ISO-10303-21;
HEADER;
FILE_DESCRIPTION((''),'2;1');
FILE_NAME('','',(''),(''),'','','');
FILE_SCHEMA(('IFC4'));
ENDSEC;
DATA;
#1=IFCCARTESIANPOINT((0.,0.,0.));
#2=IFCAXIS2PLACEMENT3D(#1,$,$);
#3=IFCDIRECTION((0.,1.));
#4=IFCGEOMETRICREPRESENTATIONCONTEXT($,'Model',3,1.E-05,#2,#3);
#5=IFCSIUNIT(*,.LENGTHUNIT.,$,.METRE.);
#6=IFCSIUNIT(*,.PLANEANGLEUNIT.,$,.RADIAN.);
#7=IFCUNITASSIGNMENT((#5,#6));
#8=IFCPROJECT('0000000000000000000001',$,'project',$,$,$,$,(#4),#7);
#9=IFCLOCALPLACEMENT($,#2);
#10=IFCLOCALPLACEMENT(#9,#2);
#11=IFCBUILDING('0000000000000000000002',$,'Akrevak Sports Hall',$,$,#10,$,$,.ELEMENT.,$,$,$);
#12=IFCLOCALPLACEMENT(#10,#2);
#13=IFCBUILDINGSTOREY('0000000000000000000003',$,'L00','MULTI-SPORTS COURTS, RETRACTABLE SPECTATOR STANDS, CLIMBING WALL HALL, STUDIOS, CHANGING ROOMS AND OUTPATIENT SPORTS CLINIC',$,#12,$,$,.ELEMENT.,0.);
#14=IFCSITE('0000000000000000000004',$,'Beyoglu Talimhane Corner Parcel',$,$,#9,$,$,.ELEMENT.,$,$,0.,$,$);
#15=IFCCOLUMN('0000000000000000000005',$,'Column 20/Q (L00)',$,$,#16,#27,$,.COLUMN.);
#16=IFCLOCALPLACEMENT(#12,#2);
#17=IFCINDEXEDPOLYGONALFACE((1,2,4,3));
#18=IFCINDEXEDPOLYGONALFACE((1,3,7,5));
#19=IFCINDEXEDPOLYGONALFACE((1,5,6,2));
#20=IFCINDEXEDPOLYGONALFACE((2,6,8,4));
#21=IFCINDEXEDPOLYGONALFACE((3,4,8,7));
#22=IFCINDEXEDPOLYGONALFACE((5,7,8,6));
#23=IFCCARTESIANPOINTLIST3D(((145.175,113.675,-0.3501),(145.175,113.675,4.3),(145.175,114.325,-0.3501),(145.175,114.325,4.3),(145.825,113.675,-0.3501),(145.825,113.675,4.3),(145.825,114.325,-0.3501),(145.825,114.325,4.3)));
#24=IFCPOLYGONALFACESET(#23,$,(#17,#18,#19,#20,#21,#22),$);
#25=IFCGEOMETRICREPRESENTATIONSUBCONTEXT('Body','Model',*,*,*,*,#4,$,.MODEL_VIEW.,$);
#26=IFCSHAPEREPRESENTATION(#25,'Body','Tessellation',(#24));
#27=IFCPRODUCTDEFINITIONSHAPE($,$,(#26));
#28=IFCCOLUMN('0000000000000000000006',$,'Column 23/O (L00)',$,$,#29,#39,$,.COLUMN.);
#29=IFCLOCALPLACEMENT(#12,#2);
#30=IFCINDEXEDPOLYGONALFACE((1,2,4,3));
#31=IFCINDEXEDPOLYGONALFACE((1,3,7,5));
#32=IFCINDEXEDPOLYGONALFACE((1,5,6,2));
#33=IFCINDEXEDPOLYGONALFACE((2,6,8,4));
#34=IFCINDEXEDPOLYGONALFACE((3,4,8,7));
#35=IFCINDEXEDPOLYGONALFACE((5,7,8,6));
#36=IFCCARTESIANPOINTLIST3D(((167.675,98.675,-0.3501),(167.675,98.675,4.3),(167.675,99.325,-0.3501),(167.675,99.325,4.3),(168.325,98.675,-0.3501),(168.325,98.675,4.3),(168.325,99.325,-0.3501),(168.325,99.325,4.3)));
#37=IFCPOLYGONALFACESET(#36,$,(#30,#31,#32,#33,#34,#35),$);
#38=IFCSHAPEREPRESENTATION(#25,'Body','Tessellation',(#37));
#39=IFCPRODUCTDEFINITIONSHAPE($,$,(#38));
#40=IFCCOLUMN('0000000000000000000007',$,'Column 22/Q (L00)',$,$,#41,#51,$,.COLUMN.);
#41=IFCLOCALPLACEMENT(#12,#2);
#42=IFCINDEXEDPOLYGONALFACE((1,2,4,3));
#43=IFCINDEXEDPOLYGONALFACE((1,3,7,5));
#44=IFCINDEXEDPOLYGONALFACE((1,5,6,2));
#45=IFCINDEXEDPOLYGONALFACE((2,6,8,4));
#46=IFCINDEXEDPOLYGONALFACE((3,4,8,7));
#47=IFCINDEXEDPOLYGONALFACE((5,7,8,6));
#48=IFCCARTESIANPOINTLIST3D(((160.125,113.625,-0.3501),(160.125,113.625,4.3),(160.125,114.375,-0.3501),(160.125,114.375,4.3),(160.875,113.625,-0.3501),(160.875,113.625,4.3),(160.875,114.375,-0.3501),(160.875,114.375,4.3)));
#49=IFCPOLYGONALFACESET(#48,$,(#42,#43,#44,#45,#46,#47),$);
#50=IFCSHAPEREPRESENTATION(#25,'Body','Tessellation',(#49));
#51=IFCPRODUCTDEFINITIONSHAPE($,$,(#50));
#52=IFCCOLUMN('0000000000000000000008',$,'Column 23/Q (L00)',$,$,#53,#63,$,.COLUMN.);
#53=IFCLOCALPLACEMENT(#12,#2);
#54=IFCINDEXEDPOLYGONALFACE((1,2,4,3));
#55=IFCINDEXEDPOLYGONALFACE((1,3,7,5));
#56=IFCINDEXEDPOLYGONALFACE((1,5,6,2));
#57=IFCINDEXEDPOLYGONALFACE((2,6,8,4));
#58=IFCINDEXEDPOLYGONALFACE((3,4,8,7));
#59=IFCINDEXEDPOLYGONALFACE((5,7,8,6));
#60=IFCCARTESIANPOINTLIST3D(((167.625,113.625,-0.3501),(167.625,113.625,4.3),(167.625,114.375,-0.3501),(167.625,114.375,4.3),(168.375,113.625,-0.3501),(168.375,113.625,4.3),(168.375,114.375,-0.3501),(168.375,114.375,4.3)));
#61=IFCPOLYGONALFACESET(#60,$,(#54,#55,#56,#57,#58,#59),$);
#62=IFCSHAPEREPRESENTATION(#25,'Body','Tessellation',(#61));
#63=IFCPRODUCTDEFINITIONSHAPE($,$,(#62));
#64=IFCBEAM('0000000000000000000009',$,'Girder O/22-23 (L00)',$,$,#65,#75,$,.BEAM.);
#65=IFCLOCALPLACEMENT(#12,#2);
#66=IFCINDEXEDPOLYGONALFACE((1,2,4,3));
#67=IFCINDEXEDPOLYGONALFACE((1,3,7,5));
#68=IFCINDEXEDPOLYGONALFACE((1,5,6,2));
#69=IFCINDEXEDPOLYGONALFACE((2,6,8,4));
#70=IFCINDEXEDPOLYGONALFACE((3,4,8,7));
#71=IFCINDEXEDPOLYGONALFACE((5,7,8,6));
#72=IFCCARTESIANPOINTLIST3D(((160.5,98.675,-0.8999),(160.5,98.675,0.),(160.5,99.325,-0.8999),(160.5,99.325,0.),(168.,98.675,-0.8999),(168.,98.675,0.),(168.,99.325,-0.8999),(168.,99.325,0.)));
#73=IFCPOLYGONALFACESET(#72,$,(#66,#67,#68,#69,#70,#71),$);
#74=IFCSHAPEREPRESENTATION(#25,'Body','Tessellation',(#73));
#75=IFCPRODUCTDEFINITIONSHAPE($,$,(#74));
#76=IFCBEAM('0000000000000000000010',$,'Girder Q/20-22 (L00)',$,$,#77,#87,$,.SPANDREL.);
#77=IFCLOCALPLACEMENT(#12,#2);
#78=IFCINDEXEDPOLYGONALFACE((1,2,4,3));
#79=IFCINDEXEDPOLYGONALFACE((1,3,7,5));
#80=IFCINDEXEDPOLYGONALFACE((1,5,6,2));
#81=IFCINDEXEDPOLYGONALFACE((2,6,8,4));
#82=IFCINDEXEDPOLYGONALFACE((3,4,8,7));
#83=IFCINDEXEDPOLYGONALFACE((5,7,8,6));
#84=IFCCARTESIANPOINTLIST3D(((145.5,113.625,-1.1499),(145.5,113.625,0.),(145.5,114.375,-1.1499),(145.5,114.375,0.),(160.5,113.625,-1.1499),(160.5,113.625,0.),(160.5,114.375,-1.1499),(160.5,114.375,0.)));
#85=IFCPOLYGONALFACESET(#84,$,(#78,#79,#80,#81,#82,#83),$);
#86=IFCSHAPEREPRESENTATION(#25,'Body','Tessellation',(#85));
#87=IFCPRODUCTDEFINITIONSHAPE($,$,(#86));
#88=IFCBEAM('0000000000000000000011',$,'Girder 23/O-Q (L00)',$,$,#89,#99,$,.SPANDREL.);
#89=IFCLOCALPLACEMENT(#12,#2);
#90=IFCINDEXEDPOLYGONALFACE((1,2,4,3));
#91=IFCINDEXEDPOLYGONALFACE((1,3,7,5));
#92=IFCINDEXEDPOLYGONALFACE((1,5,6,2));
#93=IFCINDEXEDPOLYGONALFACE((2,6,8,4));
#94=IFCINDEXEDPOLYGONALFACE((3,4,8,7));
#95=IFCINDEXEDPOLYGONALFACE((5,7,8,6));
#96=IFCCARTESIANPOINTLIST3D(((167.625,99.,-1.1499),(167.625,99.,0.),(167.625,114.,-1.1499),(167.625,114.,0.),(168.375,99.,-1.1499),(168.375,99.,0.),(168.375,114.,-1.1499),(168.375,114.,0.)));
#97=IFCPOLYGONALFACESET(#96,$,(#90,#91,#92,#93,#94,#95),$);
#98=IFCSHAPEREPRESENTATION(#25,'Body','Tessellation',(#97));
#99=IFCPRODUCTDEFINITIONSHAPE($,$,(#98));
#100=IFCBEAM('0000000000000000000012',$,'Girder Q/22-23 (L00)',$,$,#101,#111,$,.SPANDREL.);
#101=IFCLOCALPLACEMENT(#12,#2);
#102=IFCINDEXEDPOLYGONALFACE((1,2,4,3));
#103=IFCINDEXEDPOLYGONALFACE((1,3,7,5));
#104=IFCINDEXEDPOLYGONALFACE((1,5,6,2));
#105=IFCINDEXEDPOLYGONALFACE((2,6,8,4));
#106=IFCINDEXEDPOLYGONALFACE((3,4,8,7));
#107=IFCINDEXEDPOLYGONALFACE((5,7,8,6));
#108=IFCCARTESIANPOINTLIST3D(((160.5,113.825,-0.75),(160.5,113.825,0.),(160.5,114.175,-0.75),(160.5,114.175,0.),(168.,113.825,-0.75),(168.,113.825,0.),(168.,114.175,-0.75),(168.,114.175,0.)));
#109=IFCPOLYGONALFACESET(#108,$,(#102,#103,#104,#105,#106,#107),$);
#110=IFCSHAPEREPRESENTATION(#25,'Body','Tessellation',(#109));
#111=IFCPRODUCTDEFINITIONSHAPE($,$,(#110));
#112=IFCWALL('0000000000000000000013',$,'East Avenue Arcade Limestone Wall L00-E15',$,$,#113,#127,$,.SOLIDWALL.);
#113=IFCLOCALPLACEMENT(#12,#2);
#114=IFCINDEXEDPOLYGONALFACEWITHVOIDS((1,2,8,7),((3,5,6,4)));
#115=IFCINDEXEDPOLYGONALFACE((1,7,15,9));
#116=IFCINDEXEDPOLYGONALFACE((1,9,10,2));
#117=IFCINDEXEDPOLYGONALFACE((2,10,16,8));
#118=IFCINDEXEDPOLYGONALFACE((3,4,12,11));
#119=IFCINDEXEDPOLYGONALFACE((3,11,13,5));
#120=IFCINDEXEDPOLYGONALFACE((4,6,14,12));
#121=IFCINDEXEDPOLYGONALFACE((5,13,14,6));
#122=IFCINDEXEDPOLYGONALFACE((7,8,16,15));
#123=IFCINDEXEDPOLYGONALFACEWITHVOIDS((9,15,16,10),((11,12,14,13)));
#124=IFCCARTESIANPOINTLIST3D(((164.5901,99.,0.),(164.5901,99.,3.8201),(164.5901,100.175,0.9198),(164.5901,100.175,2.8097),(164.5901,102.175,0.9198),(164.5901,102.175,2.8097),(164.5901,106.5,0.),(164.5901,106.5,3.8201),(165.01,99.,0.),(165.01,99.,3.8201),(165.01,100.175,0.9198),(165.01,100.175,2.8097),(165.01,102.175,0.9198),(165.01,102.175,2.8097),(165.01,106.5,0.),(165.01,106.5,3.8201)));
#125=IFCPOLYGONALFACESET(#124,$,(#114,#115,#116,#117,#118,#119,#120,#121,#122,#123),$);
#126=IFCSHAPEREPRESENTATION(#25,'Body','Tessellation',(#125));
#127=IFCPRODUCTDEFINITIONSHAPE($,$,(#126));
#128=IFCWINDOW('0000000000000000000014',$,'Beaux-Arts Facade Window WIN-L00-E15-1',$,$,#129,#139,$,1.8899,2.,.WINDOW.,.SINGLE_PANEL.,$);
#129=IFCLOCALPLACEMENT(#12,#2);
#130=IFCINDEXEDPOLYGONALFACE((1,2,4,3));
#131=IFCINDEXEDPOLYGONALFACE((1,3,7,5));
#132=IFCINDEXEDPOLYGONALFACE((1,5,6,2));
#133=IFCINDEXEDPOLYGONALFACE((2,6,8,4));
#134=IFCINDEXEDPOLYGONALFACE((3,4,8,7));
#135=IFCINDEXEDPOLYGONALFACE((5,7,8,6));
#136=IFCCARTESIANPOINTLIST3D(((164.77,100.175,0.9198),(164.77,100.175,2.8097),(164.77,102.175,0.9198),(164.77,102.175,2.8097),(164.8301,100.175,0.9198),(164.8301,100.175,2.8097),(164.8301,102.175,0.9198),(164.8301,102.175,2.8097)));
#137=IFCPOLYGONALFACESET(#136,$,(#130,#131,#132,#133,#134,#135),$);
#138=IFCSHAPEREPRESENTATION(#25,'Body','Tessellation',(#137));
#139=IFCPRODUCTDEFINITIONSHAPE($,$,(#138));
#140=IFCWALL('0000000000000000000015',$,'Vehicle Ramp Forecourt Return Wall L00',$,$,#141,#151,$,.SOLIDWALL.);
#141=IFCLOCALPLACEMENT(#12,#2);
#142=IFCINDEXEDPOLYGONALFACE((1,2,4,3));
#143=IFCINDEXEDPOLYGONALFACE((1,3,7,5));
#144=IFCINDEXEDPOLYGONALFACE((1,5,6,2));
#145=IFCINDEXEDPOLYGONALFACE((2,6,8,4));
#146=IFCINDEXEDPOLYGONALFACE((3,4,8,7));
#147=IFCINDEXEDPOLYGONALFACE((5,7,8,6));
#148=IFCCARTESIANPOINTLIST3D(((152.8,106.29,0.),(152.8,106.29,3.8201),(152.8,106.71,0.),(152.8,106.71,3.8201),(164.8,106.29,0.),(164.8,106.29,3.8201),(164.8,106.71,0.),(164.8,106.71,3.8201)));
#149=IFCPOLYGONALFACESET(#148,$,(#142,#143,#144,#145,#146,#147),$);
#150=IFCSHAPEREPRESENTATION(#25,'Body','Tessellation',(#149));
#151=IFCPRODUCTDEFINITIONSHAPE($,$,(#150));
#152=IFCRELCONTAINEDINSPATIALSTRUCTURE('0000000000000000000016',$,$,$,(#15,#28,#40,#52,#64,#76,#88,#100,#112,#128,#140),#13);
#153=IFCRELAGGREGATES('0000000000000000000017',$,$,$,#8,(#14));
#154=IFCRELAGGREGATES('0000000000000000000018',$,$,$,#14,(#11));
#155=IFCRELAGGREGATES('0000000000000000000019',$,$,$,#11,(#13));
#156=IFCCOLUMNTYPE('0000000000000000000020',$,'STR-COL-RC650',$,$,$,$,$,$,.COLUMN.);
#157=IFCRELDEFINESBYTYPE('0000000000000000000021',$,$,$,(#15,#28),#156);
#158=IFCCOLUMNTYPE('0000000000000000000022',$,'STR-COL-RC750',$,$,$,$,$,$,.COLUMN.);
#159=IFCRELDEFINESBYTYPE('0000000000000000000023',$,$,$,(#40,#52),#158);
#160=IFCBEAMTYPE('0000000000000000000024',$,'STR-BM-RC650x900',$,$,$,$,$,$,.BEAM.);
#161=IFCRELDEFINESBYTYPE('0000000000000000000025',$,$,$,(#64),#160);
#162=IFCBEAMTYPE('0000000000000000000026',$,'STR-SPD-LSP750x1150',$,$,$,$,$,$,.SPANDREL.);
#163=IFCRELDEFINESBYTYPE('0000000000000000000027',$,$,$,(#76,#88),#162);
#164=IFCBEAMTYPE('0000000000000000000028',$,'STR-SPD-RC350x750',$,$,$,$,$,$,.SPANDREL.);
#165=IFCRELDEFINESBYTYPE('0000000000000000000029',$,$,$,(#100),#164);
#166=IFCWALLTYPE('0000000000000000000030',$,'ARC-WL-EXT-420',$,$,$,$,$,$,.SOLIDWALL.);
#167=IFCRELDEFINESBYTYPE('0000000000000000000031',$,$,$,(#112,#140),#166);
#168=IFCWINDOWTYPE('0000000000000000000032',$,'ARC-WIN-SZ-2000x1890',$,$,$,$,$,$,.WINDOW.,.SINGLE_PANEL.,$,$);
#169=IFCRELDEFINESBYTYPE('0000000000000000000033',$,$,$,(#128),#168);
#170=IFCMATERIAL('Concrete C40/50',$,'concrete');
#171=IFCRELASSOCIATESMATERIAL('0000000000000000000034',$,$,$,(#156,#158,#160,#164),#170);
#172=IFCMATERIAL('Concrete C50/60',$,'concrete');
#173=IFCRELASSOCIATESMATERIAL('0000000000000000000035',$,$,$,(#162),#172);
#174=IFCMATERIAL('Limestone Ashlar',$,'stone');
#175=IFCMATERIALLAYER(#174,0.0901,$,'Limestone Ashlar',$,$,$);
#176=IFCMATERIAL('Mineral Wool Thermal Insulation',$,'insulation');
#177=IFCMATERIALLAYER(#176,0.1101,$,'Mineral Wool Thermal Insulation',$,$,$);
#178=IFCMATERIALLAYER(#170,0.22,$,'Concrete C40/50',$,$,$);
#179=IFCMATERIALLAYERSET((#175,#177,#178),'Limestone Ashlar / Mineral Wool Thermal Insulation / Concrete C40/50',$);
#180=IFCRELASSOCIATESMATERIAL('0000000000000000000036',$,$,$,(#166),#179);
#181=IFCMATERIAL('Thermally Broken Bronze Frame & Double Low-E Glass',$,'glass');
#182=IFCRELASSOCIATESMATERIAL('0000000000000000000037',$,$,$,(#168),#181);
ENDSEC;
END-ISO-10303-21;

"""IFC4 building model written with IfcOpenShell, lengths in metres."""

from ifc_helpers import new_model, si_unit, direction, frame, frame_2d, origin, origin_2d, place, context, subcontext, project, spatial, rectangle, extrude, material, layer, layer_set, material_profile, profile_set, type_object, element, fill, save


model = new_model("IFC4")

# Units and contexts
model_context = context("Model", 3, precision=1e-05, world=origin(), true_north=direction((0.0, 1.0)))
body_context = subcontext(model_context, "Body", "Model", "MODEL_VIEW")
ifc_project = project(units=[si_unit("LENGTHUNIT", "METRE"), si_unit("PLANEANGLEUNIT", "RADIAN")], contexts=[model_context])

# Site, building, storey
site_placement = place(None, origin())
site = spatial("IfcSite", under=ifc_project, at=site_placement, Name="Beyoglu Talimhane Corner Parcel", CompositionType="ELEMENT", RefElevation=0.0)
building_placement = place(site_placement, origin())
building = spatial("IfcBuilding", under=site, at=building_placement, Name="Akrevak Sports Hall", CompositionType="ELEMENT")
storey_placement = place(building_placement, origin())
storey = spatial("IfcBuildingStorey", under=building, at=storey_placement, Name="L00", Description="MULTI-SPORTS COURTS, RETRACTABLE SPECTATOR STANDS, CLIMBING WALL HALL, STUDIOS, CHANGING ROOMS AND OUTPATIENT SPORTS CLINIC", CompositionType="ELEMENT", Elevation=0.0)

# Columns
ifc_material_1 = material(Name="Concrete C40/50", Category="concrete")
ifc_material_profile_1 = material_profile(ifc_material_1, rectangle(XDim=0.6499, YDim=0.6499, at=origin_2d()), Name="RC 650x650", Category="concrete")
ifc_profile_set_1 = profile_set([ifc_material_profile_1], Name="Concrete C40/50")
column_type_1 = type_object("IfcColumnType", Name="STR-COL-RC650", PredefinedType="COLUMN", material=ifc_profile_set_1)
for number, where, z_axis, x_axis, name in (
    (1, (145.5, 114.0, -0.3501), (0.0, 0.0, 1.0), (1.0, 0.0, 0.0), "Column 20/Q (L00)"),
    (2, (168.0, 99.0, -0.3501), (0.0, 0.0, 1.0), (1.0, 0.0, 0.0), "Column 23/O (L00)"),
):
    element("IfcColumn", number, at=place(storey_placement, frame(where, z_axis=z_axis, x_axis=x_axis)), inside=storey, type_object=column_type_1, Name=name, PredefinedType="COLUMN", context=body_context, shape_type="SweptSolid", body=[
        extrude(rectangle(XDim=0.6499, YDim=0.6499, at=origin_2d()), origin(), (0.0, 0.0, 1.0), 4.6501),
    ])
ifc_material_profile_2 = material_profile(ifc_material_1, rectangle(XDim=0.75, YDim=0.75, at=origin_2d()), Name="RC 750x750", Category="concrete")
ifc_profile_set_2 = profile_set([ifc_material_profile_2], Name="Concrete C40/50")
column_type_2 = type_object("IfcColumnType", Name="STR-COL-RC750", PredefinedType="COLUMN", material=ifc_profile_set_2)
for number, where, z_axis, x_axis, name in (
    (3, (160.5, 114.0, -0.3501), (0.0, 0.0, 1.0), (1.0, 0.0, 0.0), "Column 22/Q (L00)"),
    (4, (168.0, 114.0, -0.3501), (0.0, 0.0, 1.0), (1.0, 0.0, 0.0), "Column 23/Q (L00)"),
):
    element("IfcColumn", number, at=place(storey_placement, frame(where, z_axis=z_axis, x_axis=x_axis)), inside=storey, type_object=column_type_2, Name=name, PredefinedType="COLUMN", context=body_context, shape_type="SweptSolid", body=[
        extrude(rectangle(XDim=0.75, YDim=0.75, at=origin_2d()), origin(), (0.0, 0.0, 1.0), 4.6501),
    ])

# Beams
ifc_material_profile_3 = material_profile(ifc_material_1, rectangle(XDim=0.6499, YDim=0.8999, at=origin_2d()), Name="BM 650x900", Category="concrete")
ifc_profile_set_3 = profile_set([ifc_material_profile_3], Name="Concrete C40/50")
beam_type_1 = type_object("IfcBeamType", Name="STR-BM-RC650x900", PredefinedType="BEAM", material=ifc_profile_set_3)
beam_1_placement = place(storey_placement, frame((160.5, 99.0, -0.45), z_axis=(1.0, 0.0, 0.0), x_axis=(0.0, 1.0, 0.0)))
element("IfcBeam", 5, at=beam_1_placement, inside=storey, type_object=beam_type_1, Name="Girder O/22-23 (L00)", PredefinedType="BEAM", context=body_context, shape_type="SweptSolid", body=[
    extrude(rectangle(XDim=0.6499, YDim=0.8999, at=origin_2d()), origin(), (0.0, 0.0, 1.0), 7.5),
])
ifc_material_2 = material(Name="Concrete C50/60", Category="concrete")
ifc_material_profile_4 = material_profile(ifc_material_2, rectangle(XDim=0.75, YDim=1.1499, at=origin_2d()), Name="SPD 750x1150", Category="concrete")
ifc_profile_set_4 = profile_set([ifc_material_profile_4], Name="Concrete C50/60")
beam_type_2 = type_object("IfcBeamType", Name="STR-SPD-LSP750x1150", PredefinedType="SPANDREL", material=ifc_profile_set_4)
for number, where, z_axis, x_axis, name in (
    (6, (145.5, 114.0, -0.575), (1.0, 0.0, 0.0), (0.0, 1.0, 0.0), "Girder Q/20-22 (L00)"),
    (7, (168.0, 99.0, -0.575), (0.0, 1.0, 0.0), (-1.0, 0.0, 0.0), "Girder 23/O-Q (L00)"),
):
    element("IfcBeam", number, at=place(storey_placement, frame(where, z_axis=z_axis, x_axis=x_axis)), inside=storey, type_object=beam_type_2, Name=name, PredefinedType="SPANDREL", context=body_context, shape_type="SweptSolid", body=[
        extrude(rectangle(XDim=0.75, YDim=1.1499, at=origin_2d()), origin(), (0.0, 0.0, 1.0), 15.0),
    ])
ifc_material_profile_5 = material_profile(ifc_material_1, rectangle(XDim=0.3501, YDim=0.75, at=origin_2d()), Name="SPD 350x750", Category="concrete")
ifc_profile_set_5 = profile_set([ifc_material_profile_5], Name="Concrete C40/50")
beam_type_3 = type_object("IfcBeamType", Name="STR-SPD-RC350x750", PredefinedType="SPANDREL", material=ifc_profile_set_5)
beam_2_placement = place(storey_placement, frame((160.5, 114.0, -0.375), z_axis=(1.0, 0.0, 0.0), x_axis=(0.0, 1.0, 0.0)))
element("IfcBeam", 8, at=beam_2_placement, inside=storey, type_object=beam_type_3, Name="Girder Q/22-23 (L00)", PredefinedType="SPANDREL", context=body_context, shape_type="SweptSolid", body=[
    extrude(rectangle(XDim=0.3501, YDim=0.75, at=origin_2d()), origin(), (0.0, 0.0, 1.0), 7.5),
])

# Wall, opening, window
ifc_material_3 = material(Name="Limestone Ashlar", Category="stone")
ifc_layer_1 = layer(ifc_material_3, 0.0901, Name="Limestone Ashlar")
ifc_material_4 = material(Name="Mineral Wool Thermal Insulation", Category="insulation")
ifc_layer_2 = layer(ifc_material_4, 0.1101, Name="Mineral Wool Thermal Insulation")
ifc_layer_3 = layer(ifc_material_1, 0.22, Name="Concrete C40/50")
ifc_layer_set_1 = layer_set([ifc_layer_1, ifc_layer_2, ifc_layer_3], Name="Limestone Ashlar / Mineral Wool Thermal Insulation / Concrete C40/50")
wall_type_1 = type_object("IfcWallType", Name="ARC-WL-EXT-420", PredefinedType="SOLIDWALL", material=ifc_layer_set_1)
wall_1_placement = place(storey_placement, frame((164.8, 99.0, 0.0), z_axis=(0.0, 0.0, 1.0), x_axis=(0.0, 1.0, 0.0)))
wall_1 = element("IfcWall", 9, at=wall_1_placement, inside=storey, type_object=wall_type_1, Name="East Avenue Arcade Limestone Wall L00-E15", PredefinedType="SOLIDWALL", context=body_context, shape_type="SweptSolid", body=[
    extrude(rectangle(XDim=7.5, YDim=0.4199, at=frame_2d((3.75, 0.0))), origin(), (0.0, 0.0, 1.0), 3.8201),
])
opening_1_placement = place(wall_1_placement, frame((1.175, 0.0, 0.9199)))
opening_1 = element("IfcOpeningElement", 10, at=opening_1_placement, cuts=wall_1, PredefinedType="OPENING", context=body_context, shape_type="SweptSolid", body=[
    extrude(rectangle(XDim=2.0, YDim=1.8899, at=frame_2d((1.0, 0.9448))), frame((0.0, 0.2219, 0.0), z_axis=(0.0, -1.0, 0.0), x_axis=(1.0, 0.0, 0.0)), (0.0, 0.0, 1.0), 0.4438),
])
ifc_material_5 = material(Name="Thermally Broken Bronze Frame & Double Low-E Glass", Category="glass")
window_type = type_object("IfcWindowType", Name="ARC-WIN-SZ-2000x1890", PartitioningType="SINGLE_PANEL", PredefinedType="WINDOW", material=ifc_material_5)
window_placement = place(opening_1_placement, origin())
window = element("IfcWindow", 11, at=window_placement, inside=storey, type_object=window_type, Name="Beaux-Arts Facade Window WIN-L00-E15-1", OverallHeight=1.8899, OverallWidth=2.0, PartitioningType="SINGLE_PANEL", PredefinedType="WINDOW", context=body_context, shape_type="SweptSolid", body=[
    extrude(rectangle(XDim=2.0, YDim=1.8899, at=frame_2d((1.0, 0.9448))), frame((0.0, 0.03, 0.0), z_axis=(0.0, -1.0, 0.0), x_axis=(1.0, 0.0, 0.0)), (0.0, 0.0, 1.0), 0.0601),
])
fill(opening_1, window)

# Wall
wall_2_placement = place(storey_placement, frame((164.8, 106.5, 0.0), z_axis=(0.0, 0.0, 1.0), x_axis=(-1.0, 0.0, 0.0)))
element("IfcWall", 12, at=wall_2_placement, inside=storey, type_object=wall_type_1, Name="Vehicle Ramp Forecourt Return Wall L00", PredefinedType="SOLIDWALL", context=body_context, shape_type="SweptSolid", body=[
    extrude(rectangle(XDim=12.0, YDim=0.4199, at=frame_2d((6.0, 0.0))), origin(), (0.0, 0.0, 1.0), 3.8201),
])

save(model, "model.ifc")
